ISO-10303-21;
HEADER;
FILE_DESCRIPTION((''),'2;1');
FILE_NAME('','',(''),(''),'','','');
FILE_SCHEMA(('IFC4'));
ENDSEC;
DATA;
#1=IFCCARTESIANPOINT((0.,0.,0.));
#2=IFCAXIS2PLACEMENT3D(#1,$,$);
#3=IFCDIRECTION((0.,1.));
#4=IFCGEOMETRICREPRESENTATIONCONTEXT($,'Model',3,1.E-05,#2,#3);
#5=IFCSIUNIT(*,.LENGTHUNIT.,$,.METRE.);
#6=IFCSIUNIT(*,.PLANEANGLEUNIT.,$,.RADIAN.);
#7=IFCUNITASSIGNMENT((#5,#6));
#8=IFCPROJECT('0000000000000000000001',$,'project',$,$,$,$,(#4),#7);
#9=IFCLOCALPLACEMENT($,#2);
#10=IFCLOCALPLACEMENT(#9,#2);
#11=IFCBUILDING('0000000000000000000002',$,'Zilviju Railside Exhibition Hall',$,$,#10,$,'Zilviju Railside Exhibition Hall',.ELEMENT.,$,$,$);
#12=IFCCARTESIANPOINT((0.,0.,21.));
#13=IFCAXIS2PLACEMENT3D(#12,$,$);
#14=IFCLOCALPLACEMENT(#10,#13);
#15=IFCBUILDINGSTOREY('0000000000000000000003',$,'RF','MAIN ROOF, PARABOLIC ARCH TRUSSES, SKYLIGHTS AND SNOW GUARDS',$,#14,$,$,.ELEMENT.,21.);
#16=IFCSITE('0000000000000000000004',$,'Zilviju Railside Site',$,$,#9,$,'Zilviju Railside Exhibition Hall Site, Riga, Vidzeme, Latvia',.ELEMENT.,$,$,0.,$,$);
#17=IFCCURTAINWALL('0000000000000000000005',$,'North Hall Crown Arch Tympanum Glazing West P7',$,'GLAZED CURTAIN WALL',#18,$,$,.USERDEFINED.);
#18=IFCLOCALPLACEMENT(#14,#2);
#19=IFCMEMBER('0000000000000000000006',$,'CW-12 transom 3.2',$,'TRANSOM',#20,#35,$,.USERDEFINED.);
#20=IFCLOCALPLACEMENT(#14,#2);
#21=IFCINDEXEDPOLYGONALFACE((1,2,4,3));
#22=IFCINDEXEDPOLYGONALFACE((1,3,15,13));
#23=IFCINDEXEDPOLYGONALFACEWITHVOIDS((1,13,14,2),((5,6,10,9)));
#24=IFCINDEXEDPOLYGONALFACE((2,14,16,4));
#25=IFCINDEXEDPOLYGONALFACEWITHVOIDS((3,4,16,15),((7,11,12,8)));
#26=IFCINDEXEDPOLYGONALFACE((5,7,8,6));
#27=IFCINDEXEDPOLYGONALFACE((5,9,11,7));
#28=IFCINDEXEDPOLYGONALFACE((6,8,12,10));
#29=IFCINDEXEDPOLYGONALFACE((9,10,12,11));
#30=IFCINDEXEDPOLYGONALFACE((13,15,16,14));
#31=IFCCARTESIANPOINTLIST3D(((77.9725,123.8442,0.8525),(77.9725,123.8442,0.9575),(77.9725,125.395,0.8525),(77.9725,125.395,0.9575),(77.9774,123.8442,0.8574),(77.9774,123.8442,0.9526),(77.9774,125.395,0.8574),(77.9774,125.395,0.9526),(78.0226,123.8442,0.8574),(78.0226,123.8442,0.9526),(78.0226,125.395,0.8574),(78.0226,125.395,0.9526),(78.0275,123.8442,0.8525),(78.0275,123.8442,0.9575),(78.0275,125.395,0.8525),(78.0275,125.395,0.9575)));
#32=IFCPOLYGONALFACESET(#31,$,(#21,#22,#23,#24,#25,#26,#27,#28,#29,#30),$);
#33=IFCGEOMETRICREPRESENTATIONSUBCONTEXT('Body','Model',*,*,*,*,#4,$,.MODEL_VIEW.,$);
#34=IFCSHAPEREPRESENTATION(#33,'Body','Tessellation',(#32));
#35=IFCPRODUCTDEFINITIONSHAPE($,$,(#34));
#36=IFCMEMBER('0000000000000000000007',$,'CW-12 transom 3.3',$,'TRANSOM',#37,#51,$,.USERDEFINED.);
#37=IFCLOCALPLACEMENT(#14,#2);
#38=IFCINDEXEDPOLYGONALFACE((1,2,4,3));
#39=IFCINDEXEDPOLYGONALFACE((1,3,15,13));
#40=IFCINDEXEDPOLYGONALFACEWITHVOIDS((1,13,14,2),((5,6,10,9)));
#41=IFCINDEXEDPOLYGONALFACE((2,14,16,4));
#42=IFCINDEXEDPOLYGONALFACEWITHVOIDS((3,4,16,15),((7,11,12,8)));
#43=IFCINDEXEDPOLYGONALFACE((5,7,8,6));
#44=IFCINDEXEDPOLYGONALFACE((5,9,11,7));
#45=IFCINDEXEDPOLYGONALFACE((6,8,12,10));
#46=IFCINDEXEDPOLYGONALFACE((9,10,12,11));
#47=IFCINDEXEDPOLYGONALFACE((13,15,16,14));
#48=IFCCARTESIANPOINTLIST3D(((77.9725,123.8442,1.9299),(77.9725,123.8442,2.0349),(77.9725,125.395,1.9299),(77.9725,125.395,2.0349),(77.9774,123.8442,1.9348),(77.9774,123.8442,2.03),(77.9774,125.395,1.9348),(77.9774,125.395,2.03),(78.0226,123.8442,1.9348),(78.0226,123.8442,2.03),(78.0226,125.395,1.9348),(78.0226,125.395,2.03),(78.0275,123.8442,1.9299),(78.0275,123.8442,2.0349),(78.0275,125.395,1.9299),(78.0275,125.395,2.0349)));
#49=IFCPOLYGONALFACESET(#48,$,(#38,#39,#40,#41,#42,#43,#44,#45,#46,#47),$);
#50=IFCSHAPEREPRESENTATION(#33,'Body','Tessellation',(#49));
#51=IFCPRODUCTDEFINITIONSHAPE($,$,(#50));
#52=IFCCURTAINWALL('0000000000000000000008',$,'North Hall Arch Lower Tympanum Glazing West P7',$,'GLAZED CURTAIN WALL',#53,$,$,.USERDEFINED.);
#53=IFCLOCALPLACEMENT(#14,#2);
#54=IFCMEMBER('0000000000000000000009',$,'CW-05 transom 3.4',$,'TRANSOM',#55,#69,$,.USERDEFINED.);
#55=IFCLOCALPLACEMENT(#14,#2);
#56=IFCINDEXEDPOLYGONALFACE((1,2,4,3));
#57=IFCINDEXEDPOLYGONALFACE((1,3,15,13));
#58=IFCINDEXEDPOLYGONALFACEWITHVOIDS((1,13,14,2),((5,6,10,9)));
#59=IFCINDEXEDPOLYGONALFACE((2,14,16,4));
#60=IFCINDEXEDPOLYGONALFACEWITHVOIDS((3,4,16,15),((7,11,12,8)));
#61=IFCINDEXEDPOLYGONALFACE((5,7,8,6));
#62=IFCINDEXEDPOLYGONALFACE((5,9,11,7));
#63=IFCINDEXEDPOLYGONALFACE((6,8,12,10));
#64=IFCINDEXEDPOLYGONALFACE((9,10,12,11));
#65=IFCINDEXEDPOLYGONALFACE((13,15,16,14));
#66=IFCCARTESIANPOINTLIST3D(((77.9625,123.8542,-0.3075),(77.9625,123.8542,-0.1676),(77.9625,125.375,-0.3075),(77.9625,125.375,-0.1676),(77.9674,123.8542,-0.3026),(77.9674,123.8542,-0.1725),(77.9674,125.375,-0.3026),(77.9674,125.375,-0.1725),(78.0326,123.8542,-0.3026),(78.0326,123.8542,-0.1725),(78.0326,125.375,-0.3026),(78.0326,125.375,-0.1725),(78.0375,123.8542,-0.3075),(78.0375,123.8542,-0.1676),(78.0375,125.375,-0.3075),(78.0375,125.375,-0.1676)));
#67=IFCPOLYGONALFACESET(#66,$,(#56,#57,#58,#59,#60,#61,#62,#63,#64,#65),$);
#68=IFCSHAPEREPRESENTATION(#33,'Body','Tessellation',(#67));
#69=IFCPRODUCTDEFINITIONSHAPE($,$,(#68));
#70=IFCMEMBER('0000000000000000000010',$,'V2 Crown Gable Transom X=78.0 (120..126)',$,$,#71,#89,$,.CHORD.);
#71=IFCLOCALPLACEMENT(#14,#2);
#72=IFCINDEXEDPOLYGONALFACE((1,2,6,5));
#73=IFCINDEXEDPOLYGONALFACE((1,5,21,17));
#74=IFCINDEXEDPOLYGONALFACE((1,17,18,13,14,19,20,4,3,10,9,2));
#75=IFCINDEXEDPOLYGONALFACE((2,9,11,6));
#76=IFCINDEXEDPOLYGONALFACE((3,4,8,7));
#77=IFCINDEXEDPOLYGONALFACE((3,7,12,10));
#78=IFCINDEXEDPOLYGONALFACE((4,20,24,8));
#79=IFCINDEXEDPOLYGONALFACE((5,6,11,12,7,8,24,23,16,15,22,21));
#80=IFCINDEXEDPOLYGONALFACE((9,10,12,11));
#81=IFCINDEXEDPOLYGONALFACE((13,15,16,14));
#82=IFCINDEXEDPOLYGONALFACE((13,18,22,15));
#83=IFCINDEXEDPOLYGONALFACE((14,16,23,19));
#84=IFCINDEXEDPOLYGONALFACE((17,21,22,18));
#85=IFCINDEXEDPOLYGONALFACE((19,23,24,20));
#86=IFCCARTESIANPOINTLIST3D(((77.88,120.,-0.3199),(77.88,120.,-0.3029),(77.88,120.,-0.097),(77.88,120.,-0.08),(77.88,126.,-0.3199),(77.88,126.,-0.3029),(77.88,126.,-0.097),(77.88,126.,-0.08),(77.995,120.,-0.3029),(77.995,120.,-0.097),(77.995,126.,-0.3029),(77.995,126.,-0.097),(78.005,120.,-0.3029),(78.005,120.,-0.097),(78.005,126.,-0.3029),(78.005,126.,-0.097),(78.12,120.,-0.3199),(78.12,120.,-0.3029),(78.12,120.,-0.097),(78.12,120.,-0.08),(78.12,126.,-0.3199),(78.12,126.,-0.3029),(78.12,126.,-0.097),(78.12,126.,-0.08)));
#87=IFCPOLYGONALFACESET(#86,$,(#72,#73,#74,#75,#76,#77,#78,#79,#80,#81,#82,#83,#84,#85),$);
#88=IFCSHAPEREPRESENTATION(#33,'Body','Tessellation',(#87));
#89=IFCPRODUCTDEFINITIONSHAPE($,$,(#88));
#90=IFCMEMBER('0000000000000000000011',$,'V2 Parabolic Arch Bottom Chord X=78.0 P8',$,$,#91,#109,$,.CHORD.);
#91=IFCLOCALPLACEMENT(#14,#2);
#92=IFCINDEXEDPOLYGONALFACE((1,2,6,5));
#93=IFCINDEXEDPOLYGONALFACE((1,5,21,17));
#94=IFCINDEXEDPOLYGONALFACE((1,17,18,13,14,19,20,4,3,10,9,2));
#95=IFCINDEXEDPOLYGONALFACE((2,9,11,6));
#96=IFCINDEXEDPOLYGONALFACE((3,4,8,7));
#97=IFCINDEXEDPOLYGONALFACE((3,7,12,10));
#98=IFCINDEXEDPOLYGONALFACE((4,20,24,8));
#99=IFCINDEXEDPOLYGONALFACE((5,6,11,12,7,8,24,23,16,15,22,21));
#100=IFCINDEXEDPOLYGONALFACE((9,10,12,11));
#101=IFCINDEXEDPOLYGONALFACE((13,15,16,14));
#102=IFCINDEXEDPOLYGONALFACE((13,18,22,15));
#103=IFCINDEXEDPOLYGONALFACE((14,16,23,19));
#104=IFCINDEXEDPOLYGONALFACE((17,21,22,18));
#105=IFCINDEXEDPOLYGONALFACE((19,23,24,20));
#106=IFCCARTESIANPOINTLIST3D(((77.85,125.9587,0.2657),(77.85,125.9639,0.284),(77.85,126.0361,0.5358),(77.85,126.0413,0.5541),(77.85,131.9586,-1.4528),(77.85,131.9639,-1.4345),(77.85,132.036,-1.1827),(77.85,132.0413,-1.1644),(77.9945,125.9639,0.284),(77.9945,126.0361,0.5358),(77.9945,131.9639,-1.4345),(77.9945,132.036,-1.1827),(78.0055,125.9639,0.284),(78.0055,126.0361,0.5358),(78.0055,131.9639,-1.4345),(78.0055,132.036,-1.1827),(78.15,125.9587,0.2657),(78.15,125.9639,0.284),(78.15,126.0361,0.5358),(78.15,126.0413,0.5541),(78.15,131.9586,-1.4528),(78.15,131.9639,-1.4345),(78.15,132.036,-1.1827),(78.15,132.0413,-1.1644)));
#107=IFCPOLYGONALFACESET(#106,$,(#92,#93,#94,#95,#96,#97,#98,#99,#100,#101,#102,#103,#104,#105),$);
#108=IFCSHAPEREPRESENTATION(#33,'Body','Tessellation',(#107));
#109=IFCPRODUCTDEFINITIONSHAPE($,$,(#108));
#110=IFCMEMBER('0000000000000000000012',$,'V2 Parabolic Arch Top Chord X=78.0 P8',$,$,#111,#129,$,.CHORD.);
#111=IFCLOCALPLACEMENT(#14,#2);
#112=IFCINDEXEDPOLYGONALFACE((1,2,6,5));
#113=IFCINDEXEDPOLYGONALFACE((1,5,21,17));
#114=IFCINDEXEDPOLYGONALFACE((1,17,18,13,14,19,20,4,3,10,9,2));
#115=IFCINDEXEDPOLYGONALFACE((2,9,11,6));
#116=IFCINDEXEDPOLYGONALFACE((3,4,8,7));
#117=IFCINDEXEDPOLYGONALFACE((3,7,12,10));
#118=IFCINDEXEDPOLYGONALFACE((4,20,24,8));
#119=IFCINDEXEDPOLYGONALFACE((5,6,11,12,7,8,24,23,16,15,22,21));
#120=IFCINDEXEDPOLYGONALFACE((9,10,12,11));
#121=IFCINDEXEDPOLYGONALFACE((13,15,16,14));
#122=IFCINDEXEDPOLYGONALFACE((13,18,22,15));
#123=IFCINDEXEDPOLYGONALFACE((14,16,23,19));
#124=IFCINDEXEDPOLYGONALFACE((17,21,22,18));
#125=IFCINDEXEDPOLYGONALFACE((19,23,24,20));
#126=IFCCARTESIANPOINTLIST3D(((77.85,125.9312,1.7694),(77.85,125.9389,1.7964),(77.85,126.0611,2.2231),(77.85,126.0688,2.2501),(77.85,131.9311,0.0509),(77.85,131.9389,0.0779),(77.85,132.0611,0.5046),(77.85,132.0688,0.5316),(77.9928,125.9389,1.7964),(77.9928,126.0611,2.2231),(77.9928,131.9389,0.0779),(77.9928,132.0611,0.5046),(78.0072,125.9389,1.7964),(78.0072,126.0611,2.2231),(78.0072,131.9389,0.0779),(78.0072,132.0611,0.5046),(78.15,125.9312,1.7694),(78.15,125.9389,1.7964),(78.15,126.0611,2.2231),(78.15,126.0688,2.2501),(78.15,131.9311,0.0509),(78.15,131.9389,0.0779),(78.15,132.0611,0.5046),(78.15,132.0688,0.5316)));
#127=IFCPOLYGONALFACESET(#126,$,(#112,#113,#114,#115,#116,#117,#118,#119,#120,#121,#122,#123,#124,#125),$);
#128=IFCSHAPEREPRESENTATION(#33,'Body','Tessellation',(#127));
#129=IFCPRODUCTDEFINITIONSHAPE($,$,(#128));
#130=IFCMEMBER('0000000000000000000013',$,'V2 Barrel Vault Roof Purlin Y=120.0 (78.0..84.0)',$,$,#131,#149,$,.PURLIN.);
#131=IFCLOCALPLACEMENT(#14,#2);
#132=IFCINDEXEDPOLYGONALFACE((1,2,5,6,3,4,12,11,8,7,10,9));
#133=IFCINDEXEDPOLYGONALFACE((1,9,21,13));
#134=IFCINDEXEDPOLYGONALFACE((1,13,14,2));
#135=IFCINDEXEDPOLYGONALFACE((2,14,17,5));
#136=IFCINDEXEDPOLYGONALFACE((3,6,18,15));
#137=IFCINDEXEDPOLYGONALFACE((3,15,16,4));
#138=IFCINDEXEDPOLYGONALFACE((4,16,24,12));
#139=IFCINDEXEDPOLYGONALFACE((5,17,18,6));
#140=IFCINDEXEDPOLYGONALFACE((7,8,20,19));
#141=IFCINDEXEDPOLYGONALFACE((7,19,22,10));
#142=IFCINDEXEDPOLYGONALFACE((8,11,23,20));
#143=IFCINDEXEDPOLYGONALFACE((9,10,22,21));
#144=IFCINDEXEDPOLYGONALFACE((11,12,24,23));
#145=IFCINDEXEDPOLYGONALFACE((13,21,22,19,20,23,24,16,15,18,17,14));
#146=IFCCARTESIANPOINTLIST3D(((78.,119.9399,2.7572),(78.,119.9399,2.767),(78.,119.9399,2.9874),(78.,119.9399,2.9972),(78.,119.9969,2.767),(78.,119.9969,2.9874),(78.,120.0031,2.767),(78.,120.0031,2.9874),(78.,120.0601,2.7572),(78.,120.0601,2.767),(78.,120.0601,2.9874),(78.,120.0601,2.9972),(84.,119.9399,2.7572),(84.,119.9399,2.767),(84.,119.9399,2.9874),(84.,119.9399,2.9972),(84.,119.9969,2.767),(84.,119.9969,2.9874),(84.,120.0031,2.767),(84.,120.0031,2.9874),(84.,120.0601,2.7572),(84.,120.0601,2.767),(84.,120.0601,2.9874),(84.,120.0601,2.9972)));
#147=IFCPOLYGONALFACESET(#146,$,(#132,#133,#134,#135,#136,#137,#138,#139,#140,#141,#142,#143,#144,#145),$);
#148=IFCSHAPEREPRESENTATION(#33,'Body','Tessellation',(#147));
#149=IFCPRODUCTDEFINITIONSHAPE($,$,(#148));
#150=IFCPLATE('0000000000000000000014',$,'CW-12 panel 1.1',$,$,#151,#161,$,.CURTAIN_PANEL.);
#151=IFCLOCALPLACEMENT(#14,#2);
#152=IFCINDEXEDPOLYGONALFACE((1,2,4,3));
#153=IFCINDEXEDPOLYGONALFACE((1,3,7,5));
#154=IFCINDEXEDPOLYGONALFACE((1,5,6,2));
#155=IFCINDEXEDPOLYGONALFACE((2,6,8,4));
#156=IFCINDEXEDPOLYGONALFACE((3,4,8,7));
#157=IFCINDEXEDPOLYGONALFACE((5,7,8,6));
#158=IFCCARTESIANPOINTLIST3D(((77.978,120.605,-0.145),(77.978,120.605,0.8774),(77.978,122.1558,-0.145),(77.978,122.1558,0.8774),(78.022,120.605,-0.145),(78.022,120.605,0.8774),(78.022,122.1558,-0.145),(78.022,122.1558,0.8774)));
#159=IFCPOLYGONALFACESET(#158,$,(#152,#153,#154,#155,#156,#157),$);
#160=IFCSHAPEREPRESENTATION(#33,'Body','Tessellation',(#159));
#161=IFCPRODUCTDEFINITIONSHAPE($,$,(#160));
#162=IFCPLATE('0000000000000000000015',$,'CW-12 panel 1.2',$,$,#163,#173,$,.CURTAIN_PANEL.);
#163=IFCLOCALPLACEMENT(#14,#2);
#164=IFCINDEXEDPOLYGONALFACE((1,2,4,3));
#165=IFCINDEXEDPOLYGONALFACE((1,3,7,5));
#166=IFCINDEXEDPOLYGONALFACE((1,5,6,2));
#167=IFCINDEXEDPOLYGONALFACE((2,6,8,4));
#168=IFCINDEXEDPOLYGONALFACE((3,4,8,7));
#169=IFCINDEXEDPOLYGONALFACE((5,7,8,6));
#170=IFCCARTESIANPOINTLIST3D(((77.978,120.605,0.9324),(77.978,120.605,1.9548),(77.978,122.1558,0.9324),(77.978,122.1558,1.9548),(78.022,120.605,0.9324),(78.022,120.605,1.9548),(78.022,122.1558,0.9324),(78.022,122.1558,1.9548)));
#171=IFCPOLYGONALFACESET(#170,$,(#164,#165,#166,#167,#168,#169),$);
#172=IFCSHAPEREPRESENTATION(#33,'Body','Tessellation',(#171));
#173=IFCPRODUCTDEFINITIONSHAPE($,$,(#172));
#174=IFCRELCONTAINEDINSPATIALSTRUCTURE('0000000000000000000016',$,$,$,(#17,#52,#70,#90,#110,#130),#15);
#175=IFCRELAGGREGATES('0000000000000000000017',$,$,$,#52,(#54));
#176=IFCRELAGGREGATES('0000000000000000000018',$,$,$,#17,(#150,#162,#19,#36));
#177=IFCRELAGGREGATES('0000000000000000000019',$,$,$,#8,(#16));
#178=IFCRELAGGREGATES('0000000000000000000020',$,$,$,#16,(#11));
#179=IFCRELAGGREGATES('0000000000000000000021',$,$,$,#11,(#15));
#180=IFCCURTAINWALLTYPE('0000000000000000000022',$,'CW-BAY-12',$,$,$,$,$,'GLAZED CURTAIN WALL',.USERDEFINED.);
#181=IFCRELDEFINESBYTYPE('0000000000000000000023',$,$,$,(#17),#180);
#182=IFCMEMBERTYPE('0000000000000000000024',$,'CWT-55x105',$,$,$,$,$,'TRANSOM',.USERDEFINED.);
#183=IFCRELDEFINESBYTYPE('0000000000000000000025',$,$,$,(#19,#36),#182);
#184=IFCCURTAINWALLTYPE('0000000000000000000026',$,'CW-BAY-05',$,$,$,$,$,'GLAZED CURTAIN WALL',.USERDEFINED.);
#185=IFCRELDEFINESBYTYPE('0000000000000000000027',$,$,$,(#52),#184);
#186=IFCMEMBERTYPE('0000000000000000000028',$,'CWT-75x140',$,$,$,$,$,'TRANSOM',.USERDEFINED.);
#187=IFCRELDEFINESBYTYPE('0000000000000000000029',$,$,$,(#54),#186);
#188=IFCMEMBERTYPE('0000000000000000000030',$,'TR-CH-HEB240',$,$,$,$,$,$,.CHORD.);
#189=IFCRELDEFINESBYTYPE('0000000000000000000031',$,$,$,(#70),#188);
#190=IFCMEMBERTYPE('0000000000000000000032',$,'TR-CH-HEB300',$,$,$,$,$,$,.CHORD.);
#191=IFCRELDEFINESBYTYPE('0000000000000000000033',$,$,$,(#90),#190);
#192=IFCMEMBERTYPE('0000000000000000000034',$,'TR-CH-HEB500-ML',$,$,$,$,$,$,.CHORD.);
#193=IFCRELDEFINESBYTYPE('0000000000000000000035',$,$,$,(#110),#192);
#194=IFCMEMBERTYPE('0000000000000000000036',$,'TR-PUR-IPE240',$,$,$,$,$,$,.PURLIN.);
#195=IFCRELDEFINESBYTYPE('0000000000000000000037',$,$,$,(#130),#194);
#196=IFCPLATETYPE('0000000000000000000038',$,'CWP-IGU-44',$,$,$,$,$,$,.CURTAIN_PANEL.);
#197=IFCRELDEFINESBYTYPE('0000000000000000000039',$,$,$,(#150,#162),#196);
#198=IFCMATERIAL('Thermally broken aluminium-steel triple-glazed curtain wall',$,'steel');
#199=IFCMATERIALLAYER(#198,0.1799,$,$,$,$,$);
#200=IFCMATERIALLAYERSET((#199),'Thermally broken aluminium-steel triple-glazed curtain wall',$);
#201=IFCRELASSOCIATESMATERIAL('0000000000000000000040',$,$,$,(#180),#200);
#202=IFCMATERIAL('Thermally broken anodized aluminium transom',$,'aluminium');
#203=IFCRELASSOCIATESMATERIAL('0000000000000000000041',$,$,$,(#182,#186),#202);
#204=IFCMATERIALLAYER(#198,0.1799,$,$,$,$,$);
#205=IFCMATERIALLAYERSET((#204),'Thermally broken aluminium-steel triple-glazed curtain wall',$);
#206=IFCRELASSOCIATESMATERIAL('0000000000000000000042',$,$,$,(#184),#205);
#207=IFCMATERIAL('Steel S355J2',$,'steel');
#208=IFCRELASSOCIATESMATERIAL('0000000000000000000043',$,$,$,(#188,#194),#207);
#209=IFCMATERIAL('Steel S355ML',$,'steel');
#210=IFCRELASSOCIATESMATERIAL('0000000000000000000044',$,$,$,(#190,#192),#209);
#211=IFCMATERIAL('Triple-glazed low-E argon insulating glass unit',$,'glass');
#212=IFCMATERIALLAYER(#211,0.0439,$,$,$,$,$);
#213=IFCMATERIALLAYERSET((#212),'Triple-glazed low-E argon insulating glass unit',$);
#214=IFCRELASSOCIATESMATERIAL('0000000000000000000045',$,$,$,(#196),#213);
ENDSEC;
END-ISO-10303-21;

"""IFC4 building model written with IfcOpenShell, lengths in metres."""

from ifc_helpers import new_model, si_unit, direction, frame, origin, origin_2d, place, context, subcontext, project, spatial, rectangle, hollow_rectangle, i_section, extrude, material, layer, layer_set, material_profile, profile_set, type_object, element, aggregate, save


model = new_model("IFC4")

# Units and contexts
model_context = context("Model", 3, precision=1e-05, world=origin(), true_north=direction((0.0, 1.0)))
body_context = subcontext(model_context, "Body", "Model", "MODEL_VIEW")
ifc_project = project(units=[si_unit("LENGTHUNIT", "METRE"), si_unit("PLANEANGLEUNIT", "RADIAN")], contexts=[model_context])

# Site, building, storey
site_placement = place(None, origin())
site = spatial("IfcSite", under=ifc_project, at=site_placement, Name="Zilviju Railside Site", LongName="Zilviju Railside Exhibition Hall Site, Riga, Vidzeme, Latvia", CompositionType="ELEMENT", RefElevation=0.0)
building_placement = place(site_placement, origin())
building = spatial("IfcBuilding", under=site, at=building_placement, Name="Zilviju Railside Exhibition Hall", LongName="Zilviju Railside Exhibition Hall", CompositionType="ELEMENT")
storey_placement = place(building_placement, frame((0.0, 0.0, 21.0)))
storey = spatial("IfcBuildingStorey", under=building, at=storey_placement, Name="RF", Description="MAIN ROOF, PARABOLIC ARCH TRUSSES, SKYLIGHTS AND SNOW GUARDS", CompositionType="ELEMENT", Elevation=21.0)

# Curtain wall, members
ifc_material_1 = material(Name="Thermally broken aluminium-steel triple-glazed curtain wall", Category="steel")
ifc_layer_1 = layer(ifc_material_1, 0.1799)
ifc_layer_set_1 = layer_set([ifc_layer_1], Name="Thermally broken aluminium-steel triple-glazed curtain wall")
curtain_wall_type_1 = type_object("IfcCurtainWallType", Name="CW-BAY-12", ElementType="GLAZED CURTAIN WALL", PredefinedType="USERDEFINED", material=ifc_layer_set_1)
curtain_wall_1_placement = place(storey_placement, origin())
curtain_wall_1 = element("IfcCurtainWall", 1, at=curtain_wall_1_placement, inside=storey, type_object=curtain_wall_type_1, Name="North Hall Crown Arch Tympanum Glazing West P7", ObjectType="GLAZED CURTAIN WALL", PredefinedType="USERDEFINED")
ifc_material_2 = material(Name="Thermally broken anodized aluminium transom", Category="aluminium")
ifc_material_profile_1 = material_profile(ifc_material_2, hollow_rectangle(XDim=0.0549, YDim=0.105, WallThickness=0.0049, at=origin_2d()), Name="TRANSOM 105x55x5")
ifc_profile_set_1 = profile_set([ifc_material_profile_1], Name="Thermally broken anodized aluminium transom")
member_type_1 = type_object("IfcMemberType", Name="CWT-55x105", ElementType="TRANSOM", PredefinedType="USERDEFINED", material=ifc_profile_set_1)
member_1_placement = place(storey_placement, frame((78.0, 123.8442, 0.905), z_axis=(0.0, 1.0, 0.0), x_axis=(-1.0, 0.0, 0.0)))
member_1 = element("IfcMember", 2, at=member_1_placement, type_object=member_type_1, Name="CW-12 transom 3.2", ObjectType="TRANSOM", PredefinedType="USERDEFINED", context=body_context, shape_type="SweptSolid", body=[
    extrude(hollow_rectangle(XDim=0.0549, YDim=0.105, WallThickness=0.0049, at=origin_2d()), origin(), (0.0, 0.0, 1.0), 1.5508),
])
member_2_placement = place(storey_placement, frame((78.0, 123.8442, 1.9824), z_axis=(0.0, 1.0, 0.0), x_axis=(-1.0, 0.0, 0.0)))
member_2 = element("IfcMember", 3, at=member_2_placement, type_object=member_type_1, Name="CW-12 transom 3.3", ObjectType="TRANSOM", PredefinedType="USERDEFINED", context=body_context, shape_type="SweptSolid", body=[
    extrude(hollow_rectangle(XDim=0.0549, YDim=0.105, WallThickness=0.0049, at=origin_2d()), origin(), (0.0, 0.0, 1.0), 1.5508),
])

# Curtain wall, member
ifc_layer_2 = layer(ifc_material_1, 0.1799)
ifc_layer_set_2 = layer_set([ifc_layer_2], Name="Thermally broken aluminium-steel triple-glazed curtain wall")
curtain_wall_type_2 = type_object("IfcCurtainWallType", Name="CW-BAY-05", ElementType="GLAZED CURTAIN WALL", PredefinedType="USERDEFINED", material=ifc_layer_set_2)
curtain_wall_2_placement = place(storey_placement, origin())
curtain_wall_2 = element("IfcCurtainWall", 4, at=curtain_wall_2_placement, inside=storey, type_object=curtain_wall_type_2, Name="North Hall Arch Lower Tympanum Glazing West P7", ObjectType="GLAZED CURTAIN WALL", PredefinedType="USERDEFINED")
ifc_material_profile_2 = material_profile(ifc_material_2, hollow_rectangle(XDim=0.075, YDim=0.1399, WallThickness=0.0049, at=origin_2d()), Name="TRANSOM 140x75x5")
ifc_profile_set_2 = profile_set([ifc_material_profile_2], Name="Thermally broken anodized aluminium transom")
member_type_2 = type_object("IfcMemberType", Name="CWT-75x140", ElementType="TRANSOM", PredefinedType="USERDEFINED", material=ifc_profile_set_2)
member_3_placement = place(storey_placement, frame((78.0, 123.8542, -0.2375), z_axis=(0.0, 1.0, 0.0), x_axis=(-1.0, 0.0, 0.0)))
member_3 = element("IfcMember", 5, at=member_3_placement, type_object=member_type_2, Name="CW-05 transom 3.4", ObjectType="TRANSOM", PredefinedType="USERDEFINED", context=body_context, shape_type="SweptSolid", body=[
    extrude(hollow_rectangle(XDim=0.075, YDim=0.1399, WallThickness=0.0049, at=origin_2d()), origin(), (0.0, 0.0, 1.0), 1.5208),
])
aggregate(curtain_wall_2, [member_3])

# Members
ifc_material_3 = material(Name="Steel S355J2", Category="steel")
ifc_material_profile_3 = material_profile(ifc_material_3, i_section(OverallWidth=0.24, OverallDepth=0.24, WebThickness=0.01, FlangeThickness=0.0171, at=origin_2d()), Name="HEB 240")
ifc_profile_set_3 = profile_set([ifc_material_profile_3], Name="Steel S355J2")
member_type_3 = type_object("IfcMemberType", Name="TR-CH-HEB240", PredefinedType="CHORD", material=ifc_profile_set_3)
member_4_placement = place(storey_placement, frame((78.0, 120.0, -0.2), z_axis=(0.0, 1.0, 0.0), x_axis=(-1.0, 0.0, 0.0)))
element("IfcMember", 6, at=member_4_placement, inside=storey, type_object=member_type_3, Name="V2 Crown Gable Transom X=78.0 (120..126)", PredefinedType="CHORD", context=body_context, shape_type="SweptSolid", body=[
    extrude(i_section(OverallWidth=0.24, OverallDepth=0.24, WebThickness=0.01, FlangeThickness=0.0171, at=origin_2d()), origin(), (0.0, 0.0, 1.0), 6.0),
])
ifc_material_4 = material(Name="Steel S355ML", Category="steel")
ifc_material_profile_4 = material_profile(ifc_material_4, i_section(OverallWidth=0.3, OverallDepth=0.3, WebThickness=0.011, FlangeThickness=0.019, at=origin_2d()), Name="HEB 300")
ifc_profile_set_4 = profile_set([ifc_material_profile_4], Name="Steel S355ML")
member_type_4 = type_object("IfcMemberType", Name="TR-CH-HEB300", PredefinedType="CHORD", material=ifc_profile_set_4)
member_5_placement = place(storey_placement, frame((78.0, 126.0, 0.4099), z_axis=(0.0, 0.961345, -0.275346), x_axis=(-1.0, 0.0, 0.0)))
element("IfcMember", 7, at=member_5_placement, inside=storey, type_object=member_type_4, Name="V2 Parabolic Arch Bottom Chord X=78.0 P8", PredefinedType="CHORD", context=body_context, shape_type="SweptSolid", body=[
    extrude(i_section(OverallWidth=0.3, OverallDepth=0.3, WebThickness=0.011, FlangeThickness=0.019, at=origin_2d()), origin(), (0.0, 0.0, 1.0), 6.2412),
])
ifc_material_profile_5 = material_profile(ifc_material_4, i_section(OverallWidth=0.3, OverallDepth=0.5, WebThickness=0.0144, FlangeThickness=0.0281, at=origin_2d()), Name="HEB 500")
ifc_profile_set_5 = profile_set([ifc_material_profile_5], Name="Steel S355ML")
member_type_5 = type_object("IfcMemberType", Name="TR-CH-HEB500-ML", PredefinedType="CHORD", material=ifc_profile_set_5)
member_6_placement = place(storey_placement, frame((78.0, 126.0, 2.0098), z_axis=(0.0, 0.961345, -0.275346), x_axis=(-1.0, 0.0, 0.0)))
element("IfcMember", 8, at=member_6_placement, inside=storey, type_object=member_type_5, Name="V2 Parabolic Arch Top Chord X=78.0 P8", PredefinedType="CHORD", context=body_context, shape_type="SweptSolid", body=[
    extrude(i_section(OverallWidth=0.3, OverallDepth=0.5, WebThickness=0.0144, FlangeThickness=0.0281, at=origin_2d()), origin(), (0.0, 0.0, 1.0), 6.2412),
])
ifc_material_profile_6 = material_profile(ifc_material_3, i_section(OverallWidth=0.1201, OverallDepth=0.24, WebThickness=0.0061, FlangeThickness=0.0098, at=origin_2d()), Name="IPE 240")
ifc_profile_set_6 = profile_set([ifc_material_profile_6], Name="Steel S355J2")
member_type_6 = type_object("IfcMemberType", Name="TR-PUR-IPE240", PredefinedType="PURLIN", material=ifc_profile_set_6)
member_7_placement = place(storey_placement, frame((78.0, 120.0, 2.8772), z_axis=(1.0, 0.0, 0.0), x_axis=(0.0, 1.0, 0.0)))
element("IfcMember", 9, at=member_7_placement, inside=storey, type_object=member_type_6, Name="V2 Barrel Vault Roof Purlin Y=120.0 (78.0..84.0)", PredefinedType="PURLIN", context=body_context, shape_type="SweptSolid", body=[
    extrude(i_section(OverallWidth=0.1201, OverallDepth=0.24, WebThickness=0.0061, FlangeThickness=0.0098, at=origin_2d()), origin(), (0.0, 0.0, 1.0), 6.0),
])

# Plates
ifc_material_5 = material(Name="Triple-glazed low-E argon insulating glass unit", Category="glass")
ifc_layer_3 = layer(ifc_material_5, 0.0439)
ifc_layer_set_3 = layer_set([ifc_layer_3], Name="Triple-glazed low-E argon insulating glass unit")
plate_type_1 = type_object("IfcPlateType", Name="CWP-IGU-44", PredefinedType="CURTAIN_PANEL", material=ifc_layer_set_3)
plate_1_placement = place(storey_placement, frame((78.0, 121.3804, -0.145), z_axis=(0.0, 0.0, 1.0), x_axis=(0.0, 1.0, 0.0)))
plate_1 = element("IfcPlate", 10, at=plate_1_placement, type_object=plate_type_1, Name="CW-12 panel 1.1", PredefinedType="CURTAIN_PANEL", context=body_context, shape_type="SweptSolid", body=[
    extrude(rectangle(XDim=1.5508, YDim=0.0439, at=origin_2d()), origin(), (0.0, 0.0, 1.0), 1.0225),
])
plate_2_placement = place(storey_placement, frame((78.0, 121.3804, 0.9324), z_axis=(0.0, 0.0, 1.0), x_axis=(0.0, 1.0, 0.0)))
plate_2 = element("IfcPlate", 11, at=plate_2_placement, type_object=plate_type_1, Name="CW-12 panel 1.2", PredefinedType="CURTAIN_PANEL", context=body_context, shape_type="SweptSolid", body=[
    extrude(rectangle(XDim=1.5508, YDim=0.0439, at=origin_2d()), origin(), (0.0, 0.0, 1.0), 1.0225),
])
aggregate(curtain_wall_1, [plate_1, plate_2, member_1, member_2])

save(model, "model.ifc")
